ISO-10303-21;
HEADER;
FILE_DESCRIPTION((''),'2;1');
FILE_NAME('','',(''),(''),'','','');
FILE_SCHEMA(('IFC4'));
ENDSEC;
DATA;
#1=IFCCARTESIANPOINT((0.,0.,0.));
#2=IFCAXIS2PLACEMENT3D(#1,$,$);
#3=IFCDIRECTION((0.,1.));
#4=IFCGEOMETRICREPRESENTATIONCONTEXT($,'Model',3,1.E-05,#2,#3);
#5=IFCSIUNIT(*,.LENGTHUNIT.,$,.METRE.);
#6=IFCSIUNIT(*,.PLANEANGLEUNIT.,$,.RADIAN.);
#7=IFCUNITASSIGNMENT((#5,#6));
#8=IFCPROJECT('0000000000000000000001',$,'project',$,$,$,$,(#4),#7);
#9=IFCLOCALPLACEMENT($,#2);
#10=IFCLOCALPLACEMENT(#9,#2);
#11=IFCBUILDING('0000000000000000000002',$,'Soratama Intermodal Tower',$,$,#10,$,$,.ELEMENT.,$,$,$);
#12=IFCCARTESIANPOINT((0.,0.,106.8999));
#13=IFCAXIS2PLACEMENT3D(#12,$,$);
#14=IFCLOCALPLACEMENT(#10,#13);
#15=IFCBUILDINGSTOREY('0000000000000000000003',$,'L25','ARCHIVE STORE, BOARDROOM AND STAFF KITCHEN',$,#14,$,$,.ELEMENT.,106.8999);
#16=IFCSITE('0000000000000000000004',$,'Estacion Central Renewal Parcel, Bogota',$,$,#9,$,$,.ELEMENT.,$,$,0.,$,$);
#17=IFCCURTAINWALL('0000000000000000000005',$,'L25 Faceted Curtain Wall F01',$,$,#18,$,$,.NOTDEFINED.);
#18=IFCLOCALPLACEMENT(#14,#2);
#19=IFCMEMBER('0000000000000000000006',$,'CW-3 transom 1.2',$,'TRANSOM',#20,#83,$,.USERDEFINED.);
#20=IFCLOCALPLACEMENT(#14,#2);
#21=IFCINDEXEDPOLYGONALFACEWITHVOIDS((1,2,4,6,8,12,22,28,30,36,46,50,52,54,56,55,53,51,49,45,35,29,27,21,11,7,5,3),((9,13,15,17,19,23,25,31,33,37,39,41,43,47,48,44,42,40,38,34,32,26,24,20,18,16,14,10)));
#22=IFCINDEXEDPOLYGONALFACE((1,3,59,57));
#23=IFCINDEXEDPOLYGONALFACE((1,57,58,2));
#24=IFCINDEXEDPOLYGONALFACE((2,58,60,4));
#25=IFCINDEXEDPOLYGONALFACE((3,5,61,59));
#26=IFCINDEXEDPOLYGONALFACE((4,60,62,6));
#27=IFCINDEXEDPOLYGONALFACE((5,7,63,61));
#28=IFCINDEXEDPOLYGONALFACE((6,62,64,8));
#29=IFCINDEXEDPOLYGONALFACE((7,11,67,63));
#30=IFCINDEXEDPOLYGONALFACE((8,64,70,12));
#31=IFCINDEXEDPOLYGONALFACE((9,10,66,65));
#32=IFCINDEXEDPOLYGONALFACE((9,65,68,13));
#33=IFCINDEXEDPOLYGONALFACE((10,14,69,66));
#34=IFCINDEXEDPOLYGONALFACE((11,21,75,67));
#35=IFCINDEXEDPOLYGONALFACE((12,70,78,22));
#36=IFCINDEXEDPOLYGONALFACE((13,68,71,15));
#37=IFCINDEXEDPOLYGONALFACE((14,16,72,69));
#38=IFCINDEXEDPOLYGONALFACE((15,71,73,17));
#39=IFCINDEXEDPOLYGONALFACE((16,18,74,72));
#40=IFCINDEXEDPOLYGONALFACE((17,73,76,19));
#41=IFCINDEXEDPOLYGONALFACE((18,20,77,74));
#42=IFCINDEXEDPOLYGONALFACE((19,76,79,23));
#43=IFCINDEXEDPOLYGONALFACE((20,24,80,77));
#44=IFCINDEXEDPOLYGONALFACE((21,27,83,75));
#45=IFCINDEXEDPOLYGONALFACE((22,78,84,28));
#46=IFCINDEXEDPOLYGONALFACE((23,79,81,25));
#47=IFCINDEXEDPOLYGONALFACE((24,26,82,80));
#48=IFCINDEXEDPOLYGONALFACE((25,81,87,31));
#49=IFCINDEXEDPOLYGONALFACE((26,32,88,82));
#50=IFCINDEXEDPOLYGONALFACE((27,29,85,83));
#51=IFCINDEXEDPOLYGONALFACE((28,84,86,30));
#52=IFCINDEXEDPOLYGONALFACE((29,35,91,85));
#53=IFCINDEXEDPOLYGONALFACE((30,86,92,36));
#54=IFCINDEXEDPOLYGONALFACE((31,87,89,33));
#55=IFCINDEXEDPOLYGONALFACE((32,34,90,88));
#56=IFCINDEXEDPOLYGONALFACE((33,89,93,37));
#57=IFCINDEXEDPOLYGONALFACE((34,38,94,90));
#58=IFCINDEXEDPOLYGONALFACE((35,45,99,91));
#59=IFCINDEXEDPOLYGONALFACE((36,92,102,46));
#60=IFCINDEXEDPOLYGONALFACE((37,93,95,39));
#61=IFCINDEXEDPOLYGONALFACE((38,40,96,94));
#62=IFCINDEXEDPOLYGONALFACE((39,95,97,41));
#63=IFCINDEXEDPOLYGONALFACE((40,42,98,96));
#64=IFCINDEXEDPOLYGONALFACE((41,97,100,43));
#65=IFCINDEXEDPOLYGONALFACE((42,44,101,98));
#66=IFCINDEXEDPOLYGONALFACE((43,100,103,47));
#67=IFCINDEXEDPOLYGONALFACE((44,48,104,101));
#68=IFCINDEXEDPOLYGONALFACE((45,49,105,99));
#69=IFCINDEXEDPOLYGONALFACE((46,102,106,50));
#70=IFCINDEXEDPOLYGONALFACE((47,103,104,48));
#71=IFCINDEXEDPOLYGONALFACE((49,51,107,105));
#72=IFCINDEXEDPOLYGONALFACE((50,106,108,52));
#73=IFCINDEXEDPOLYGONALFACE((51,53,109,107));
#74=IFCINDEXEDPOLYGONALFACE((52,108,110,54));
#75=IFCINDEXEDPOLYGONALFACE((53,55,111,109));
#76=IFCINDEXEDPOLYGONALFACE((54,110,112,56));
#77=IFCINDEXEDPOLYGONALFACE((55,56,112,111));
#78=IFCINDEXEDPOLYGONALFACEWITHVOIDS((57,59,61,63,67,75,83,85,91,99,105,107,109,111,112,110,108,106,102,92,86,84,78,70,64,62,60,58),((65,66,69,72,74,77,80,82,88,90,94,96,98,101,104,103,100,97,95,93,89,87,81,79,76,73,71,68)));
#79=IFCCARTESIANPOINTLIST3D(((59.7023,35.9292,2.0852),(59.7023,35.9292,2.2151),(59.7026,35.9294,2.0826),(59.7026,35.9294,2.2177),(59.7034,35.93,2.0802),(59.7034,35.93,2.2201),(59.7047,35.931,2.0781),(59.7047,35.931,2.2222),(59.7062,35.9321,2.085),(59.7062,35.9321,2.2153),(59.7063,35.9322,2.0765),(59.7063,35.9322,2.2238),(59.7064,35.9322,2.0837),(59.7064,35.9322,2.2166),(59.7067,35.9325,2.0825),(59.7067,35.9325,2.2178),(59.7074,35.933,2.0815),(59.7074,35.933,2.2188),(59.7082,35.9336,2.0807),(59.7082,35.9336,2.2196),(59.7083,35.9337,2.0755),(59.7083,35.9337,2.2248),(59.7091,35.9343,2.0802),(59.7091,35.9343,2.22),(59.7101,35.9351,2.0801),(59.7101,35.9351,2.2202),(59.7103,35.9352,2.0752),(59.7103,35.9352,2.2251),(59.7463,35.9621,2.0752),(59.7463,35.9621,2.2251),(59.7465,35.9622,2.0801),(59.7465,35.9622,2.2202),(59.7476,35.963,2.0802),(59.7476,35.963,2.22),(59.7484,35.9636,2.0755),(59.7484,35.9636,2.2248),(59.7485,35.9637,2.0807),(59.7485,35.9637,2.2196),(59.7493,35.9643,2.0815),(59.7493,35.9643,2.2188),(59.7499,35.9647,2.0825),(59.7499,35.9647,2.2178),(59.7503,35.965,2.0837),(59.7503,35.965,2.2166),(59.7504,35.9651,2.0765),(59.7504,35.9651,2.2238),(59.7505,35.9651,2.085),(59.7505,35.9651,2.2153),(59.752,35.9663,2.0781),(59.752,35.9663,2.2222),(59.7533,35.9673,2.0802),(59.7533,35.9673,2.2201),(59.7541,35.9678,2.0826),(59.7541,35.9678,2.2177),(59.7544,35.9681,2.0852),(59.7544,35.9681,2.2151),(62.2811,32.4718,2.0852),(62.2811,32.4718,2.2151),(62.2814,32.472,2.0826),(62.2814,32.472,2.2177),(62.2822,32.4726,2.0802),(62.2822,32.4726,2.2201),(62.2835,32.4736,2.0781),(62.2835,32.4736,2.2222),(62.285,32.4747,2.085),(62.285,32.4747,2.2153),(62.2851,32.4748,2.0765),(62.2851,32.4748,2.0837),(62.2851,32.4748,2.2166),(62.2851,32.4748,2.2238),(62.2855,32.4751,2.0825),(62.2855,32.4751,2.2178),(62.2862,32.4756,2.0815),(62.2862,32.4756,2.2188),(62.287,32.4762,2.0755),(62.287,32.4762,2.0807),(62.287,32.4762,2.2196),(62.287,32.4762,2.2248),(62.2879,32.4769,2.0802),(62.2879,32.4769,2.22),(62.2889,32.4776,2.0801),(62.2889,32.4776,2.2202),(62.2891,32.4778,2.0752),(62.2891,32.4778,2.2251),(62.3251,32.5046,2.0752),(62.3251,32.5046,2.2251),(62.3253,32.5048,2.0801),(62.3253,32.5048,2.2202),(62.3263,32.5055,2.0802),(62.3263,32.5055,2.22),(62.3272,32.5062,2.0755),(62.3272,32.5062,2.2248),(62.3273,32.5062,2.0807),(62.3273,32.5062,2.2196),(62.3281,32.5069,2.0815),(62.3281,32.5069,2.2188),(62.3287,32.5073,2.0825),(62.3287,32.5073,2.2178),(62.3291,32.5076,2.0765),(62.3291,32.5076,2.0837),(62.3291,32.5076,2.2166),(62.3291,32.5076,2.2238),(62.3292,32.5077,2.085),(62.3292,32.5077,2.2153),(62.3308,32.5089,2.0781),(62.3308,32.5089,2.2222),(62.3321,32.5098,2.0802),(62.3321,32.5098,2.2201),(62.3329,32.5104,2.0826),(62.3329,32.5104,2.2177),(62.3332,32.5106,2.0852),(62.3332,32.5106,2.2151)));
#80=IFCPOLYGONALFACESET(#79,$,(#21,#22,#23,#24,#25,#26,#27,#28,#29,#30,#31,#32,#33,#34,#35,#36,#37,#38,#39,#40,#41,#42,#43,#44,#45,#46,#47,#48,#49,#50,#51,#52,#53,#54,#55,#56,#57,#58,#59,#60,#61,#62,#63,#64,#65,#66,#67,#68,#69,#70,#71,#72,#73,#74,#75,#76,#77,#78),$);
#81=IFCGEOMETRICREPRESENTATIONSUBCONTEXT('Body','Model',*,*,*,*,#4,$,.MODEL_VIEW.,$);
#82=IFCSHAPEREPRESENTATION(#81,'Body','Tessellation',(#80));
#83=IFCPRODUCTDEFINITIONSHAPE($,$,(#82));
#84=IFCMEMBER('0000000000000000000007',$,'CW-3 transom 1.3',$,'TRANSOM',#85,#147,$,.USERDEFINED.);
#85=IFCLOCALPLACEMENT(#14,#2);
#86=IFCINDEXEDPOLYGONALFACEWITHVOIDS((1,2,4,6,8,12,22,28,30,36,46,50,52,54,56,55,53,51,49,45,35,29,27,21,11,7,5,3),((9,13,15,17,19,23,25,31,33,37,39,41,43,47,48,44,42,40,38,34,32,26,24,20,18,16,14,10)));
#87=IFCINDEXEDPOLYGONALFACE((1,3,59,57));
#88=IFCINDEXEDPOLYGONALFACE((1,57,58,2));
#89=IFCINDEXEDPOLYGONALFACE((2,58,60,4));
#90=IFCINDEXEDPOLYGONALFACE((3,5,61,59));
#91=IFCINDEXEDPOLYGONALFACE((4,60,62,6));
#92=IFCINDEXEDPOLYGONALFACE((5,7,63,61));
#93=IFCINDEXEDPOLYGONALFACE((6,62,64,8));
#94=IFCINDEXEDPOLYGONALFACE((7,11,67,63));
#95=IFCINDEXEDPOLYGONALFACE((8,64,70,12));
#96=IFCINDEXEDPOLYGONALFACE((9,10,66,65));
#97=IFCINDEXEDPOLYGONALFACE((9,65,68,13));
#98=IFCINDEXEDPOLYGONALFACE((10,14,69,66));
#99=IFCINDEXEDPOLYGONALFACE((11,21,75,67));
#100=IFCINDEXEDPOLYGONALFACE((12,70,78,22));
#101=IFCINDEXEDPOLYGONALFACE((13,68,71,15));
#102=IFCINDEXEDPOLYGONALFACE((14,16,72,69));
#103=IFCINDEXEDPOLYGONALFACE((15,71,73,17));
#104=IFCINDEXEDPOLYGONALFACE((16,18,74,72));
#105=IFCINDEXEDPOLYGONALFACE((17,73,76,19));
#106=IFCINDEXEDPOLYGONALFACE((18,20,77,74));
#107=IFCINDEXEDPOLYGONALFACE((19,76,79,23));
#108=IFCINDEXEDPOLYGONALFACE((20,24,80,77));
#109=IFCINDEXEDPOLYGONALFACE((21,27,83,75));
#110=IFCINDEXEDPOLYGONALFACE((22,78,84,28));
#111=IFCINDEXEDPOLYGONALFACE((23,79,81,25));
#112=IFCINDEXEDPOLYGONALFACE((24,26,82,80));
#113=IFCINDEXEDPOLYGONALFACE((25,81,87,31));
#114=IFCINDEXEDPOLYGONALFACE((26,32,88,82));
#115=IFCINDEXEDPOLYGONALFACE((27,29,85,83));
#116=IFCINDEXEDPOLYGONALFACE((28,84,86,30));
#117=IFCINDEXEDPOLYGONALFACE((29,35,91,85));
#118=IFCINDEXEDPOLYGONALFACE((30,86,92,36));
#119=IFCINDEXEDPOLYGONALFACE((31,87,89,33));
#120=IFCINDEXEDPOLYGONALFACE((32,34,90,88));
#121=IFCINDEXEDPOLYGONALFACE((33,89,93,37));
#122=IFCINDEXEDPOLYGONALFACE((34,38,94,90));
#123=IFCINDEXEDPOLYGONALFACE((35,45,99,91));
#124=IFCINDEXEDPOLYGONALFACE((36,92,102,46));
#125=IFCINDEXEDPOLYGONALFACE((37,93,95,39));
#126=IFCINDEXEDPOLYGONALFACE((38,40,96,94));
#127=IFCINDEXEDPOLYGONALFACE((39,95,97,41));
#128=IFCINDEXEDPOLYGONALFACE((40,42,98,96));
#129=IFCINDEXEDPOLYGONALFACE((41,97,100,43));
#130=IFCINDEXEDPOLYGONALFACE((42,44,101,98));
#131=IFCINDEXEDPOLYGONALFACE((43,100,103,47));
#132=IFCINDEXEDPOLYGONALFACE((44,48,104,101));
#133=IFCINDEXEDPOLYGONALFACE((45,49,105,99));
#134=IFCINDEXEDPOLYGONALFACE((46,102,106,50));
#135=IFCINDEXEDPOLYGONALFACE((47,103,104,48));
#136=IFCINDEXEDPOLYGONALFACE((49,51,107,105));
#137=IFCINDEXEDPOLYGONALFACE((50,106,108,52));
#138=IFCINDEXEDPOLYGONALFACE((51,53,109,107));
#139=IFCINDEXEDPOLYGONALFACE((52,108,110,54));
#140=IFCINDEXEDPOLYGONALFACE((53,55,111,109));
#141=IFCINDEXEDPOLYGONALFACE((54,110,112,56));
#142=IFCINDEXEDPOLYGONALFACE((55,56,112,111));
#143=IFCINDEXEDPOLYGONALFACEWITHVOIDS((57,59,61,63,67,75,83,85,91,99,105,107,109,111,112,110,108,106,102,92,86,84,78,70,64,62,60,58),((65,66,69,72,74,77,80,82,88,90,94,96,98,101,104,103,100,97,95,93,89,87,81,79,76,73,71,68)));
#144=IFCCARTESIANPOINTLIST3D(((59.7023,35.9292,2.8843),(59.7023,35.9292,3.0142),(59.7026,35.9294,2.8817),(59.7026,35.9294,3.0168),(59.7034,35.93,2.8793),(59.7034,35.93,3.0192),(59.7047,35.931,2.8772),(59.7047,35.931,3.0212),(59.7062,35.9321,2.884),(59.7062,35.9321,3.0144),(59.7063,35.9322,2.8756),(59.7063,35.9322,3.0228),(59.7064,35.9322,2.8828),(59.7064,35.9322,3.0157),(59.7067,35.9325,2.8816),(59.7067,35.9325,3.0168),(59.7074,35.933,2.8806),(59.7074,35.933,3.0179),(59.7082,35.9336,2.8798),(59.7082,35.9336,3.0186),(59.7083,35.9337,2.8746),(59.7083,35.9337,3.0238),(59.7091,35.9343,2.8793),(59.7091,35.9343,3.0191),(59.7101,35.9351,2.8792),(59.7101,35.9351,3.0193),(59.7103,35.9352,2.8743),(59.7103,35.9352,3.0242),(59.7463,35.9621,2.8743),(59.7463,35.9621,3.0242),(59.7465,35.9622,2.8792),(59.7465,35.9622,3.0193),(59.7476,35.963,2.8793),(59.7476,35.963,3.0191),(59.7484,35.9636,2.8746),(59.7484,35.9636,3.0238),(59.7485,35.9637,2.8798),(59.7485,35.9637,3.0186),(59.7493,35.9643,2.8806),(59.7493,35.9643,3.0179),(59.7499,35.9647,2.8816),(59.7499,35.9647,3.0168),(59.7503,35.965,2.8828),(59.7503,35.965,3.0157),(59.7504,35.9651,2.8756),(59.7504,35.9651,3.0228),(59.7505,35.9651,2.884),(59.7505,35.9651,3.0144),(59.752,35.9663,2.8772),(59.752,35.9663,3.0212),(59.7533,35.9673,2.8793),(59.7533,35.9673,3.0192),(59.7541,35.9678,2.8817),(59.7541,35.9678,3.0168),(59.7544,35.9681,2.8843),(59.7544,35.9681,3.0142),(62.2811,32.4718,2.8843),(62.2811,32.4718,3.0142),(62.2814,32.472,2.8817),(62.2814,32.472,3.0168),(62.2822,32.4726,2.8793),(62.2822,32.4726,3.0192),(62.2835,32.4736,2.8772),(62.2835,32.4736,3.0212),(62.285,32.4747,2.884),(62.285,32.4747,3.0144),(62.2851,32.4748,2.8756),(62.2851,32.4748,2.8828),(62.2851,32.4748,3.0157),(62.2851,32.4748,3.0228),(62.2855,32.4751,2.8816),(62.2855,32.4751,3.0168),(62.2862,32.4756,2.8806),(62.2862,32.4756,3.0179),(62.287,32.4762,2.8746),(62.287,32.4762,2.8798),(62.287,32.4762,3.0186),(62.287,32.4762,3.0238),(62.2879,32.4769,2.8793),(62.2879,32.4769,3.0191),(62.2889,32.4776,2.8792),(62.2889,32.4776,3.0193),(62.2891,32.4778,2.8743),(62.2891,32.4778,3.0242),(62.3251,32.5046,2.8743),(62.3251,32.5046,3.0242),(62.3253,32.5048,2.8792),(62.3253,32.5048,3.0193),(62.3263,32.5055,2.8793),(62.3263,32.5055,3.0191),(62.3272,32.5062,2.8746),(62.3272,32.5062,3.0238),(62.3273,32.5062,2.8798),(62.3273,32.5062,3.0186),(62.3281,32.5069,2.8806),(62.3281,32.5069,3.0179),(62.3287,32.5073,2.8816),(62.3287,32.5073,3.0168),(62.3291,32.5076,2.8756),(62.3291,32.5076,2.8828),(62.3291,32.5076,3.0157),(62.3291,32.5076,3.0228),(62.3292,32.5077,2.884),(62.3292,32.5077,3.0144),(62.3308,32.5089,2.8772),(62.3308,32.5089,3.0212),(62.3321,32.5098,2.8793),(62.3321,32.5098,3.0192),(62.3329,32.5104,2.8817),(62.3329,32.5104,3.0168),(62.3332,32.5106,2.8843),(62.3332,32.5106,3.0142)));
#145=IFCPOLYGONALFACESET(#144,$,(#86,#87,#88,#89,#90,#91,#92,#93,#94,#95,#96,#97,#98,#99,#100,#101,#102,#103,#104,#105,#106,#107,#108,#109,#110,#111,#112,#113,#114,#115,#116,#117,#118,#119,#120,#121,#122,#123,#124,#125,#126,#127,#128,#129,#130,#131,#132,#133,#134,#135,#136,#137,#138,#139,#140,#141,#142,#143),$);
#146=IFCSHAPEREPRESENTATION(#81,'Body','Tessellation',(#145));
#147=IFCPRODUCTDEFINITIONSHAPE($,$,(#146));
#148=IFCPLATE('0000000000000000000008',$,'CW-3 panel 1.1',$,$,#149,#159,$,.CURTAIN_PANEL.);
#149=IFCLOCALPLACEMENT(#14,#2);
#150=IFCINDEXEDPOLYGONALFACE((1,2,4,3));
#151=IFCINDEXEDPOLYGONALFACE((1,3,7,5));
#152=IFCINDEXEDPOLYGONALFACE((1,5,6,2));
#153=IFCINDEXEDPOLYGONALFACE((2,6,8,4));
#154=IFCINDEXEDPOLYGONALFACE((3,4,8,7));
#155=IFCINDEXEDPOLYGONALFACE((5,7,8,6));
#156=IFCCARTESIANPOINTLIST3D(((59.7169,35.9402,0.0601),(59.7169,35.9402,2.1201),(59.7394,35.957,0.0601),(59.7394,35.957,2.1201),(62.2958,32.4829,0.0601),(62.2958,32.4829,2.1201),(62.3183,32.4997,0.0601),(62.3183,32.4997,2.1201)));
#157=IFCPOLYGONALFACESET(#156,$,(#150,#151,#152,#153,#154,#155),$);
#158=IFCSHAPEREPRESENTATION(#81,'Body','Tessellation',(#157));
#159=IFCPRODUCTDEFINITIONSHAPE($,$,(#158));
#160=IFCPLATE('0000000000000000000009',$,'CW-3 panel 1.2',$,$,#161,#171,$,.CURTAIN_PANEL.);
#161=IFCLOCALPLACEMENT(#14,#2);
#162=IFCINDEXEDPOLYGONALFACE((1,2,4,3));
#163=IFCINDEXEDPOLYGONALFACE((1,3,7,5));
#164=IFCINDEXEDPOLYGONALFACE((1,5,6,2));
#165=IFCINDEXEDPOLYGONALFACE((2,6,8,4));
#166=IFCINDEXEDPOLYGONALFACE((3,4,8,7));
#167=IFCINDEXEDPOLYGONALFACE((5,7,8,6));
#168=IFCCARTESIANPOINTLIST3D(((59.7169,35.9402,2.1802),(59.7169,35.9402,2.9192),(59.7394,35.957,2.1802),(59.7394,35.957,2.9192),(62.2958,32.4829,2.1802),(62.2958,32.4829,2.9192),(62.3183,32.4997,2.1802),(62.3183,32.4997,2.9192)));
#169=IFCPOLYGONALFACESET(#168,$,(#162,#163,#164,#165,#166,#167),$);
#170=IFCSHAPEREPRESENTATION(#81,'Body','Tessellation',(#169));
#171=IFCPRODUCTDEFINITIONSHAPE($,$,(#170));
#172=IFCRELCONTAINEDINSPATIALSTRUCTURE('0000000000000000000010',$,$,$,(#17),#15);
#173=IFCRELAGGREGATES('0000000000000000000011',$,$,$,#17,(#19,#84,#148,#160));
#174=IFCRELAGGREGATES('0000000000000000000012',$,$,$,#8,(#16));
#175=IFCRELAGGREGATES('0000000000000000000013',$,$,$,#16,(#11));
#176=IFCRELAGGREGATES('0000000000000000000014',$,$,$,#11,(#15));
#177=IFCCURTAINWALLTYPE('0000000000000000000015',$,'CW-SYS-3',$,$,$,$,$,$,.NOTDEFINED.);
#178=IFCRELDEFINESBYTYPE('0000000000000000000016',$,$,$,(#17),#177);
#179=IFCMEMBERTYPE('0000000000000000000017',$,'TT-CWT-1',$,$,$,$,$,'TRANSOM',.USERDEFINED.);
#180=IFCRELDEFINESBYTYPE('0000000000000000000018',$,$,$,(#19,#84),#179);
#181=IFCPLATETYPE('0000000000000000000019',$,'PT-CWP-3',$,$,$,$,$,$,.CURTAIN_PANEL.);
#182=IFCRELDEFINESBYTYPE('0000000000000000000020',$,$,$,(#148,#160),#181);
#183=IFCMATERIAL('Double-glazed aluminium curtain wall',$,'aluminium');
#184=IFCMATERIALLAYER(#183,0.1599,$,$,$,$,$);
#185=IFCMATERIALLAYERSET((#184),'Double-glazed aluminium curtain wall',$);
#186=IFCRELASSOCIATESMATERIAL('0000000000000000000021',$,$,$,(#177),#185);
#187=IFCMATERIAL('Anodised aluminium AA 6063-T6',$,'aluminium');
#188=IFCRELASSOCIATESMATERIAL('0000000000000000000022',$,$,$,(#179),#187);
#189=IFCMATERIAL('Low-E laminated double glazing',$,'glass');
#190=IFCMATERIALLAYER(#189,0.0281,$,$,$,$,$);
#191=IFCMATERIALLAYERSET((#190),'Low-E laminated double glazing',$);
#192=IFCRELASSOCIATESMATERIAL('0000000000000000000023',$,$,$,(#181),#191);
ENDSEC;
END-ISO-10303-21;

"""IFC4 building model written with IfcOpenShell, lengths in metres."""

from ifc_helpers import new_model, si_unit, direction, frame, origin, origin_2d, place, context, subcontext, project, spatial, rectangle, hollow_rectangle, extrude, material, layer, layer_set, material_profile, profile_set, type_object, element, aggregate, save


model = new_model("IFC4")

# Units and contexts
model_context = context("Model", 3, precision=1e-05, world=origin(), true_north=direction((0.0, 1.0)))
body_context = subcontext(model_context, "Body", "Model", "MODEL_VIEW")
ifc_project = project(units=[si_unit("LENGTHUNIT", "METRE"), si_unit("PLANEANGLEUNIT", "RADIAN")], contexts=[model_context])

# Site, building, storey
site_placement = place(None, origin())
site = spatial("IfcSite", under=ifc_project, at=site_placement, Name="Estacion Central Renewal Parcel, Bogota", CompositionType="ELEMENT", RefElevation=0.0)
building_placement = place(site_placement, origin())
building = spatial("IfcBuilding", under=site, at=building_placement, Name="Soratama Intermodal Tower", CompositionType="ELEMENT")
storey_placement = place(building_placement, frame((0.0, 0.0, 106.8999)))
storey = spatial("IfcBuildingStorey", under=building, at=storey_placement, Name="L25", Description="ARCHIVE STORE, BOARDROOM AND STAFF KITCHEN", CompositionType="ELEMENT", Elevation=106.8999)

# Curtain wall, members, plates
ifc_material_1 = material(Name="Double-glazed aluminium curtain wall", Category="aluminium")
ifc_layer_1 = layer(ifc_material_1, 0.1599)
ifc_layer_set_1 = layer_set([ifc_layer_1], Name="Double-glazed aluminium curtain wall")
curtain_wall_type = type_object("IfcCurtainWallType", Name="CW-SYS-3", PredefinedType="NOTDEFINED", material=ifc_layer_set_1)
curtain_wall_placement = place(storey_placement, origin())
curtain_wall = element("IfcCurtainWall", 1, at=curtain_wall_placement, inside=storey, type_object=curtain_wall_type, Name="L25 Faceted Curtain Wall F01", PredefinedType="NOTDEFINED")
ifc_material_2 = material(Name="Anodised aluminium AA 6063-T6", Category="aluminium")
ifc_material_profile_1 = material_profile(ifc_material_2, hollow_rectangle(XDim=0.0649, YDim=0.1499, WallThickness=0.0049, InnerFilletRadius=0.0049, OuterFilletRadius=0.01, at=origin_2d()), Name="CWT150X65X5")
ifc_profile_set_1 = profile_set([ifc_material_profile_1], Name="Anodised aluminium AA 6063-T6")
member_type_1 = type_object("IfcMemberType", Name="TT-CWT-1", ElementType="TRANSOM", PredefinedType="USERDEFINED", material=ifc_profile_set_1)
member_1_placement = place(storey_placement, frame((62.3071, 32.4912, 2.1501), z_axis=(-0.597879, 0.801587, 0.0), x_axis=(-0.801587, -0.597879, 0.0)))
member_1 = element("IfcMember", 2, at=member_1_placement, type_object=member_type_1, Name="CW-3 transom 1.2", ObjectType="TRANSOM", PredefinedType="USERDEFINED", context=body_context, shape_type="SweptSolid", body=[
    extrude(hollow_rectangle(XDim=0.0649, YDim=0.1499, WallThickness=0.0049, InnerFilletRadius=0.0049, OuterFilletRadius=0.01, at=origin_2d()), origin(), (0.0, 0.0, 1.0), 4.3132),
])
member_2_placement = place(storey_placement, frame((62.3071, 32.4912, 2.9492), z_axis=(-0.597879, 0.801587, 0.0), x_axis=(-0.801587, -0.597879, 0.0)))
member_2 = element("IfcMember", 3, at=member_2_placement, type_object=member_type_1, Name="CW-3 transom 1.3", ObjectType="TRANSOM", PredefinedType="USERDEFINED", context=body_context, shape_type="SweptSolid", body=[
    extrude(hollow_rectangle(XDim=0.0649, YDim=0.1499, WallThickness=0.0049, InnerFilletRadius=0.0049, OuterFilletRadius=0.01, at=origin_2d()), origin(), (0.0, 0.0, 1.0), 4.3132),
])
ifc_material_3 = material(Name="Low-E laminated double glazing", Category="glass")
ifc_layer_2 = layer(ifc_material_3, 0.0281)
ifc_layer_set_2 = layer_set([ifc_layer_2], Name="Low-E laminated double glazing")
plate_type = type_object("IfcPlateType", Name="PT-CWP-3", PredefinedType="CURTAIN_PANEL", material=ifc_layer_set_2)
plate_1_placement = place(storey_placement, frame((61.0176, 34.22, 0.0601), z_axis=(0.0, 0.0, 1.0), x_axis=(-0.597909, 0.801564, 0.0)))
plate_1 = element("IfcPlate", 4, at=plate_1_placement, type_object=plate_type, Name="CW-3 panel 1.1", PredefinedType="CURTAIN_PANEL", context=body_context, shape_type="SweptSolid", body=[
    extrude(rectangle(XDim=4.3132, YDim=0.0281, at=origin_2d()), origin(), (0.0, 0.0, 1.0), 2.0601),
])
plate_2_placement = place(storey_placement, frame((61.0176, 34.22, 2.1802), z_axis=(0.0, 0.0, 1.0), x_axis=(-0.597909, 0.801564, 0.0)))
plate_2 = element("IfcPlate", 5, at=plate_2_placement, type_object=plate_type, Name="CW-3 panel 1.2", PredefinedType="CURTAIN_PANEL", context=body_context, shape_type="SweptSolid", body=[
    extrude(rectangle(XDim=4.3132, YDim=0.0281, at=origin_2d()), origin(), (0.0, 0.0, 1.0), 0.739),
])
aggregate(curtain_wall, [member_1, member_2, plate_1, plate_2])

save(model, "model.ifc")
